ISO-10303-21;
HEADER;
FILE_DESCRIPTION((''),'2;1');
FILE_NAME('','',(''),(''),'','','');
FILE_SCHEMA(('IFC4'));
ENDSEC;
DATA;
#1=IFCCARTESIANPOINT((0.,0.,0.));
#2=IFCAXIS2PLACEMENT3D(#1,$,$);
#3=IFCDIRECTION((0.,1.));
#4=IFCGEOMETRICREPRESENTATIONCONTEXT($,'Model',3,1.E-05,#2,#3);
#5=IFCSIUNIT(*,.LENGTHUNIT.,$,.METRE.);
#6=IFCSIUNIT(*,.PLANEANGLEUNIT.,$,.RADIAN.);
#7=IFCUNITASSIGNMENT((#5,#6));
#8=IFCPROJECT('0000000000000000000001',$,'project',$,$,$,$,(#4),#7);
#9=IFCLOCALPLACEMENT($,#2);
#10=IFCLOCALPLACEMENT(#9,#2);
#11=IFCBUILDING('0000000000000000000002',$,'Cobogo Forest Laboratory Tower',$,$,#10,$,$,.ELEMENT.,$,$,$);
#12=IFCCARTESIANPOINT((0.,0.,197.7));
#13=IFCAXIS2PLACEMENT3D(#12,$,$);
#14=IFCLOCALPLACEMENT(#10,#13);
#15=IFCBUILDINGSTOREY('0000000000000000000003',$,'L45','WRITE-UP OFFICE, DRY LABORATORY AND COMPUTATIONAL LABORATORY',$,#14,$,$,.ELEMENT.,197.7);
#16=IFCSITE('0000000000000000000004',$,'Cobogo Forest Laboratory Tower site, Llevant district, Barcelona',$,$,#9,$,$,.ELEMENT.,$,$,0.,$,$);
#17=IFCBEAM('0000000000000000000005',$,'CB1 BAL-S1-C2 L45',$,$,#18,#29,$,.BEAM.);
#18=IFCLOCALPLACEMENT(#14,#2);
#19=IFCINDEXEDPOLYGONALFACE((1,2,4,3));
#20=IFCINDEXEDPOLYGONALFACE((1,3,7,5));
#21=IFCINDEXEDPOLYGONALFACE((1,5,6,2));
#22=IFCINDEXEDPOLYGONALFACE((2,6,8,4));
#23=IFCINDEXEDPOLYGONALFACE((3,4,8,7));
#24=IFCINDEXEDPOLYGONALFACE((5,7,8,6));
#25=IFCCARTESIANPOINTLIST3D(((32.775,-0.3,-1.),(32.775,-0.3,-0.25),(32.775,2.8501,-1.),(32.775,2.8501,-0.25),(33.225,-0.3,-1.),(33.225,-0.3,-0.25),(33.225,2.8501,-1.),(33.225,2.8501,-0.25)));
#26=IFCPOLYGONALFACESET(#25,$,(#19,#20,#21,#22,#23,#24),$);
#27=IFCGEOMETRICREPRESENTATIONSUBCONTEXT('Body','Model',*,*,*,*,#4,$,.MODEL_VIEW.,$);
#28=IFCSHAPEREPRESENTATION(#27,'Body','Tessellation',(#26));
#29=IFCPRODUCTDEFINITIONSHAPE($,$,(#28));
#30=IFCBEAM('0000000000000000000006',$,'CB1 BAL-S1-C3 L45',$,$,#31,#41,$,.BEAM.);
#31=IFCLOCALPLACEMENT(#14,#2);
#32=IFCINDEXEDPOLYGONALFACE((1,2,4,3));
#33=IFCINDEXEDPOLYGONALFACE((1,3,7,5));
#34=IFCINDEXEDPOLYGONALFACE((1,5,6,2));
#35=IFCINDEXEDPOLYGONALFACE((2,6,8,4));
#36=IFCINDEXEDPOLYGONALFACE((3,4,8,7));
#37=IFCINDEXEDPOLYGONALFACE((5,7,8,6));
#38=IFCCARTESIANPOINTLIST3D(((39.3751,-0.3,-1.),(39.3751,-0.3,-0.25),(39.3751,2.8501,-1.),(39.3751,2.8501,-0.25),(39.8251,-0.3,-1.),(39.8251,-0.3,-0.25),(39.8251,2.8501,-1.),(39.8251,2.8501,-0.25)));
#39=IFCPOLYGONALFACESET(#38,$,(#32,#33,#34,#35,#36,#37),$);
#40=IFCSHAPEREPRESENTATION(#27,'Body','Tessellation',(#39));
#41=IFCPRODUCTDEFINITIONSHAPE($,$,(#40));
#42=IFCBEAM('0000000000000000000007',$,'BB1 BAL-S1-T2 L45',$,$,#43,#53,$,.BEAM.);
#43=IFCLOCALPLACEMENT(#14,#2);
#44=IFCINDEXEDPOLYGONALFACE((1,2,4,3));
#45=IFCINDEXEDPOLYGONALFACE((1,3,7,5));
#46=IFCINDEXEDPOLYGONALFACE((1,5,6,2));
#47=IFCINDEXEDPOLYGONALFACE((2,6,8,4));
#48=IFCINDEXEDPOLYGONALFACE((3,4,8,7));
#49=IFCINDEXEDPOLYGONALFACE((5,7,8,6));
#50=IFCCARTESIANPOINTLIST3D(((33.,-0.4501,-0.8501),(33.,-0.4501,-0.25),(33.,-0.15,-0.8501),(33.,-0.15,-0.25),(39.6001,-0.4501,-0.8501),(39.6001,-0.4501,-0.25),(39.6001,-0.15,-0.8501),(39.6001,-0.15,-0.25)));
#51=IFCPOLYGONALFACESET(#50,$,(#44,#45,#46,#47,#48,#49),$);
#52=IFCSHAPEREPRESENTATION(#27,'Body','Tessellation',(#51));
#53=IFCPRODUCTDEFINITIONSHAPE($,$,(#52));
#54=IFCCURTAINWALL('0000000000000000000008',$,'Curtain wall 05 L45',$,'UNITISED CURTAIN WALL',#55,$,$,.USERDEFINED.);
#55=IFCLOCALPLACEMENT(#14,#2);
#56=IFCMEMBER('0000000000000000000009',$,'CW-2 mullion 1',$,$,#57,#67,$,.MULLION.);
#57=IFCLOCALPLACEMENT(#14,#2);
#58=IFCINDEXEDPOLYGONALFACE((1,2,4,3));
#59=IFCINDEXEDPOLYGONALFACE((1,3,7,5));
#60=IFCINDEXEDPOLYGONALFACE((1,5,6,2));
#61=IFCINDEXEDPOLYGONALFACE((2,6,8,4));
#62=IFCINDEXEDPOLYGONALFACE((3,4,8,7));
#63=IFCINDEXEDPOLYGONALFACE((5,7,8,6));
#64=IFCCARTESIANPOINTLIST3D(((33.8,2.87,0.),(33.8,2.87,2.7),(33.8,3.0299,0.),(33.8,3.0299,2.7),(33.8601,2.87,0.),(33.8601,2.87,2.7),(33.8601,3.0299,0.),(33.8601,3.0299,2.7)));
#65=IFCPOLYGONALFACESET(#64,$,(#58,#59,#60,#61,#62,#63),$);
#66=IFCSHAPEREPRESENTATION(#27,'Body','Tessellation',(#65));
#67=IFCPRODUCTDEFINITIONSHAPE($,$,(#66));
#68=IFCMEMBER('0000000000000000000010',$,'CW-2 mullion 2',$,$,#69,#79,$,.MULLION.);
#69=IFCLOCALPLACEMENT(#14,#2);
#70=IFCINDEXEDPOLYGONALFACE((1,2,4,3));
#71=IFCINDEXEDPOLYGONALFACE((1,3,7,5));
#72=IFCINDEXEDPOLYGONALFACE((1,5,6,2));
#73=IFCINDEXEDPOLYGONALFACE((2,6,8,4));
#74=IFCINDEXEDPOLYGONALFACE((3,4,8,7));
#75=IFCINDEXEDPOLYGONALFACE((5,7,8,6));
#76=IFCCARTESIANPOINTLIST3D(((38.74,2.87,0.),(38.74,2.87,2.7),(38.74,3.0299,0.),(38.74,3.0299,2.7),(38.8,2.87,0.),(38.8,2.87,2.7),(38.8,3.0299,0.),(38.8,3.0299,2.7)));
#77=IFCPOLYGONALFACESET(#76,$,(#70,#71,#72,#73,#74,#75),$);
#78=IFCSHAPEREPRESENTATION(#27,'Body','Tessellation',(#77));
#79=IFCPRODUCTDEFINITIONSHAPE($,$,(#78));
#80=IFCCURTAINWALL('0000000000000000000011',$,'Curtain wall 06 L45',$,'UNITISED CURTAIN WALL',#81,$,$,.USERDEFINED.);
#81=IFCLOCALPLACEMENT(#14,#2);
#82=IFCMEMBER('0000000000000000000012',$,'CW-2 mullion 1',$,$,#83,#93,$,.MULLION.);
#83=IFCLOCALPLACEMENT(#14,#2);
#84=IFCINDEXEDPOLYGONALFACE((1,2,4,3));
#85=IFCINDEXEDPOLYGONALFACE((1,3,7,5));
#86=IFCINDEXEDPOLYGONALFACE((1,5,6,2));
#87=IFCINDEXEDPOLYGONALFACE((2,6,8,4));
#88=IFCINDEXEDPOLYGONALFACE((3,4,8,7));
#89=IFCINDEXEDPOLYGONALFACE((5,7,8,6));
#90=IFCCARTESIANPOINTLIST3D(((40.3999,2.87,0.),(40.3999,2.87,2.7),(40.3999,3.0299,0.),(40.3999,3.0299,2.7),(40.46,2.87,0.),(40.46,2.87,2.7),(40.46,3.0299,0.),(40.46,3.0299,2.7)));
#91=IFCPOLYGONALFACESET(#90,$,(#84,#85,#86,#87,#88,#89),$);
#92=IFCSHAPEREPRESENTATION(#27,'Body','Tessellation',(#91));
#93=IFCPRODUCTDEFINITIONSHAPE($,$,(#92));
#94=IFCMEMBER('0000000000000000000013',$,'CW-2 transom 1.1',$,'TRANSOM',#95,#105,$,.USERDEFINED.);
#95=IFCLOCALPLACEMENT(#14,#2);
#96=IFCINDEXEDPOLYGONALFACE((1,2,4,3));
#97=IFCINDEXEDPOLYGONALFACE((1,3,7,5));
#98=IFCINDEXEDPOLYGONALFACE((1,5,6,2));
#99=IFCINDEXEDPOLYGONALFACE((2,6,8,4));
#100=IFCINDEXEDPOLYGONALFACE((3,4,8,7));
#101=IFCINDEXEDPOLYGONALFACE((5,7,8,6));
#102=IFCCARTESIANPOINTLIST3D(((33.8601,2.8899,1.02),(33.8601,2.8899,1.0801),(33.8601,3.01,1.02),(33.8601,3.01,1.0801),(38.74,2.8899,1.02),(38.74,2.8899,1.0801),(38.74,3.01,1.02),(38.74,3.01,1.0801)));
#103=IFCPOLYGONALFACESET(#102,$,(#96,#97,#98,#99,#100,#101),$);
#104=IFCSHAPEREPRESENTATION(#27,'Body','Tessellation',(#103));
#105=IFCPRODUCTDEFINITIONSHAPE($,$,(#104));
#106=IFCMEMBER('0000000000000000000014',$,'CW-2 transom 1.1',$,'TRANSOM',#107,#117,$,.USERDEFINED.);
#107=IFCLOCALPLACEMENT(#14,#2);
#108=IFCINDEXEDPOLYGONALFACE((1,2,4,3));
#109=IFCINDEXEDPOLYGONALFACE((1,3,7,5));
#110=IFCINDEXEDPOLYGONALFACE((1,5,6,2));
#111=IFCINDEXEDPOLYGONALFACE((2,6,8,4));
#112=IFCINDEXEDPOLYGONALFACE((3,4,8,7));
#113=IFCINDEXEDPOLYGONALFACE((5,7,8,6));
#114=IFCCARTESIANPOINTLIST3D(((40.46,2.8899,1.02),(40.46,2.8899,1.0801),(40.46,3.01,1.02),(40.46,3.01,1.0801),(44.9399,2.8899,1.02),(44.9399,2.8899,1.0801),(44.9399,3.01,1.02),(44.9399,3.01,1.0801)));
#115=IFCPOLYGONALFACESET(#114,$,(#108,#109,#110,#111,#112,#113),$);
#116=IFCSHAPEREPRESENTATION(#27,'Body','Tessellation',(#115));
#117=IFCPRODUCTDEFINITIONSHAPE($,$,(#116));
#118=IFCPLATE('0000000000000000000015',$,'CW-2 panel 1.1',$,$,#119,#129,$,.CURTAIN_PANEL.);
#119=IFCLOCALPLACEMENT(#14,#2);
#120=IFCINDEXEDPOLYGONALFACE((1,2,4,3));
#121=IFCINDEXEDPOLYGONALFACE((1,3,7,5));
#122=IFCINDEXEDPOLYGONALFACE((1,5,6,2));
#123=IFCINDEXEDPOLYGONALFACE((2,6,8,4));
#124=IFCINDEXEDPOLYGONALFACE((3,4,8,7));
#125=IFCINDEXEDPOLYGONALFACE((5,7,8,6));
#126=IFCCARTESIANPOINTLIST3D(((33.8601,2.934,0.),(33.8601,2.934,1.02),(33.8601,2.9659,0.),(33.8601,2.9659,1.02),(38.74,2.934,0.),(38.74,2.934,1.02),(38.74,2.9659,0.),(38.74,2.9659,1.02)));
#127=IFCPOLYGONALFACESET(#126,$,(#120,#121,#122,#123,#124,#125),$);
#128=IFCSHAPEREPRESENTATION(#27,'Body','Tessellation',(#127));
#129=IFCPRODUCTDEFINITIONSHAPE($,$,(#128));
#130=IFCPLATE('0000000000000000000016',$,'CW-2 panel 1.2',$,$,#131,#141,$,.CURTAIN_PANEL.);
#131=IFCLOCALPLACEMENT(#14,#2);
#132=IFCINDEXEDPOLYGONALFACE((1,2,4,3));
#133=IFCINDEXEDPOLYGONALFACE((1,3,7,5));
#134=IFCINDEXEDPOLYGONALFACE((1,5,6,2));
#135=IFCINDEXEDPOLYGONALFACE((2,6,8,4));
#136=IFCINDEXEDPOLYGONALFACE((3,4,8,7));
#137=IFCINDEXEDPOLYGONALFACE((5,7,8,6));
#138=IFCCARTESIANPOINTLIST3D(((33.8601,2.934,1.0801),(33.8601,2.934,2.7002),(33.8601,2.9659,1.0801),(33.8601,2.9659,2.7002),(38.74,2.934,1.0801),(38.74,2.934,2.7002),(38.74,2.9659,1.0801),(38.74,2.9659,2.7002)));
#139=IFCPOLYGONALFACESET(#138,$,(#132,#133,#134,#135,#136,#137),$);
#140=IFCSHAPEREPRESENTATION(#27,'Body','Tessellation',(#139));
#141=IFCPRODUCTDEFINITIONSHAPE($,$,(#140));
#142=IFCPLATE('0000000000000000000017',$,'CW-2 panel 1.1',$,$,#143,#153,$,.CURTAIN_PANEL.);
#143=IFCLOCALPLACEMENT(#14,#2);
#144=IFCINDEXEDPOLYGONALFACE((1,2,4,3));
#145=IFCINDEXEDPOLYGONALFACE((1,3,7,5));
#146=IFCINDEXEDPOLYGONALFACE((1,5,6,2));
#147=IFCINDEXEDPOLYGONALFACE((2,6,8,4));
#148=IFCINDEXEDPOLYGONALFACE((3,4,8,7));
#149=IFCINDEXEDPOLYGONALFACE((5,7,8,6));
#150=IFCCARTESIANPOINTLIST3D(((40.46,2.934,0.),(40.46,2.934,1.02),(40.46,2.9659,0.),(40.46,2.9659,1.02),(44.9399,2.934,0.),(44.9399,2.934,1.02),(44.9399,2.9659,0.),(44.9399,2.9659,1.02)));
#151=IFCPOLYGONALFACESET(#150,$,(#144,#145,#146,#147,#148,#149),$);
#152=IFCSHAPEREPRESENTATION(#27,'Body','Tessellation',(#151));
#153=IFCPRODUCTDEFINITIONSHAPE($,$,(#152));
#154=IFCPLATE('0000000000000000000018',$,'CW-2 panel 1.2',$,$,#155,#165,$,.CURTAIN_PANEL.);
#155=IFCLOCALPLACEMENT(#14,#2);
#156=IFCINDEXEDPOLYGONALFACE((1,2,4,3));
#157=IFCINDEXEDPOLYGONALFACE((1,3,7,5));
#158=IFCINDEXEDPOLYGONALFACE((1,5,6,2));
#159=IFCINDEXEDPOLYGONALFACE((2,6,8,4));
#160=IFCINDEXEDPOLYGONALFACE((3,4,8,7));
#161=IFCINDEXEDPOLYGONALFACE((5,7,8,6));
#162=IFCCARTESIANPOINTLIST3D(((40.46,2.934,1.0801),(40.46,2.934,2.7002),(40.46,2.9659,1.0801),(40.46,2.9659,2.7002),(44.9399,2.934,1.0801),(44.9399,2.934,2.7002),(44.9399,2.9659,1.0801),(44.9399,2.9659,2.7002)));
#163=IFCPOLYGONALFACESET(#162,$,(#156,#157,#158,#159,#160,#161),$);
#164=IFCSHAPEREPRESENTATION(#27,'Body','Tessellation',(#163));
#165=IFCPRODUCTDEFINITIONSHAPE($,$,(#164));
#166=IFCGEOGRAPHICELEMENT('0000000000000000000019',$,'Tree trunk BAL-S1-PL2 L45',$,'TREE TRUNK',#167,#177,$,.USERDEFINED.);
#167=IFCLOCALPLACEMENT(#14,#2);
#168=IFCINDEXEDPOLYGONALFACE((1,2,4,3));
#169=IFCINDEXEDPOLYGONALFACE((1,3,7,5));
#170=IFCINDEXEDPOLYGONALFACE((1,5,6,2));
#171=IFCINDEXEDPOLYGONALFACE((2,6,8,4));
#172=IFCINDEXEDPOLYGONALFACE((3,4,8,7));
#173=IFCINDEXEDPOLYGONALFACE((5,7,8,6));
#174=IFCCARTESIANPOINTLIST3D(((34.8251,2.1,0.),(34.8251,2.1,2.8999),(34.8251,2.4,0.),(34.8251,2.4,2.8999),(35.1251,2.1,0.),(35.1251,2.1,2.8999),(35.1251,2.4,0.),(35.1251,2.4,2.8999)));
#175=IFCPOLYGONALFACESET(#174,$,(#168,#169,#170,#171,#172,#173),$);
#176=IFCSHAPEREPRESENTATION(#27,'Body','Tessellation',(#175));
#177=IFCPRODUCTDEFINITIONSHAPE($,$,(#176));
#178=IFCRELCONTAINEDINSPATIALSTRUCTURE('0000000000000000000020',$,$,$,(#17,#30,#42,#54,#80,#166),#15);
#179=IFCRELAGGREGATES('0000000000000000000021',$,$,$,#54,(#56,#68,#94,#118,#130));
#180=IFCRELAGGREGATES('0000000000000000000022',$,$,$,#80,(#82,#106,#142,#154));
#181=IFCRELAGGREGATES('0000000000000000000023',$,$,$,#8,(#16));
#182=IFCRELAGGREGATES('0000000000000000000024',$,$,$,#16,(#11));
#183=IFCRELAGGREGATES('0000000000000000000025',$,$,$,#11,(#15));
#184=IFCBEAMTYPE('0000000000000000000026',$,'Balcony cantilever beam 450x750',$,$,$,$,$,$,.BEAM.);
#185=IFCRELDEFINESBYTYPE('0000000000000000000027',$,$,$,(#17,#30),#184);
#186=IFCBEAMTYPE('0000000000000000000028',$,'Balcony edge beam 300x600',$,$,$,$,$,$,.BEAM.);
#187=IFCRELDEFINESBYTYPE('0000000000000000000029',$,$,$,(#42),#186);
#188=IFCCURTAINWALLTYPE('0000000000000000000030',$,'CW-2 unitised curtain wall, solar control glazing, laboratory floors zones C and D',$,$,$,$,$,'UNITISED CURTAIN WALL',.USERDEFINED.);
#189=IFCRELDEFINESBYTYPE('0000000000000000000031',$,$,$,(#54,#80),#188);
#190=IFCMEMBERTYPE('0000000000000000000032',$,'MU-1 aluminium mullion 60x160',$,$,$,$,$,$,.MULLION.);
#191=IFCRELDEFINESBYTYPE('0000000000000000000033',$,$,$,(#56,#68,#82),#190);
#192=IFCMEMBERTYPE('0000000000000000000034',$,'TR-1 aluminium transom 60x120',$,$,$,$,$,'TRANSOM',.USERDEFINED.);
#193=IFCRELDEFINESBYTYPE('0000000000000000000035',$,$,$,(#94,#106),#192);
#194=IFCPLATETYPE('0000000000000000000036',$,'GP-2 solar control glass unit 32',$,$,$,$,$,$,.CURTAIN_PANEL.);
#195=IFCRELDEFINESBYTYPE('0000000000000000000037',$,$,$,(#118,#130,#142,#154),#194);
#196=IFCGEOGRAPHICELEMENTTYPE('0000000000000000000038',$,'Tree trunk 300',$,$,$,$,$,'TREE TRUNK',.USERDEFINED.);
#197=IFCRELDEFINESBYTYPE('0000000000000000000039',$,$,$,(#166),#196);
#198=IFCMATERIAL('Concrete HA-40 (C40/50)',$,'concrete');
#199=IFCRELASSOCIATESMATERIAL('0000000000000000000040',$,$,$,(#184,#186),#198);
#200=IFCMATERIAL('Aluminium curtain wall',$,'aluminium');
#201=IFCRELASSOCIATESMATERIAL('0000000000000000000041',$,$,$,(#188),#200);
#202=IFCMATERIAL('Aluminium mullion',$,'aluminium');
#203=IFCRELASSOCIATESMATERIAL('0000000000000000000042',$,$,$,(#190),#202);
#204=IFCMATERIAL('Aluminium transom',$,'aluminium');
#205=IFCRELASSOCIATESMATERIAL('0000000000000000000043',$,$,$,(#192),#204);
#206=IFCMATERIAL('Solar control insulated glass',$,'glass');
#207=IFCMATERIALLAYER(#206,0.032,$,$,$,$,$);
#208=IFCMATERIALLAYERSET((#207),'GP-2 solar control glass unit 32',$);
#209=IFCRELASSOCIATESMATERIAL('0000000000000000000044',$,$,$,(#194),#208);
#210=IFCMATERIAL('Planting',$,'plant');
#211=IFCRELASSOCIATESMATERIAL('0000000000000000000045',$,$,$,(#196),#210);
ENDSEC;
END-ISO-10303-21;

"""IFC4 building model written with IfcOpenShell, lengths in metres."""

from ifc_helpers import new_model, si_unit, direction, frame, origin, origin_2d, place, context, subcontext, project, spatial, rectangle, extrude, material, layer, layer_set, material_profile, profile_set, type_object, element, aggregate, save


model = new_model("IFC4")

# Units and contexts
model_context = context("Model", 3, precision=1e-05, world=origin(), true_north=direction((0.0, 1.0)))
body_context = subcontext(model_context, "Body", "Model", "MODEL_VIEW")
ifc_project = project(units=[si_unit("LENGTHUNIT", "METRE"), si_unit("PLANEANGLEUNIT", "RADIAN")], contexts=[model_context])

# Site, building, storey
site_placement = place(None, origin())
site = spatial("IfcSite", under=ifc_project, at=site_placement, Name="Cobogo Forest Laboratory Tower site, Llevant district, Barcelona", CompositionType="ELEMENT", RefElevation=0.0)
building_placement = place(site_placement, origin())
building = spatial("IfcBuilding", under=site, at=building_placement, Name="Cobogo Forest Laboratory Tower", CompositionType="ELEMENT")
storey_placement = place(building_placement, frame((0.0, 0.0, 197.7)))
storey = spatial("IfcBuildingStorey", under=building, at=storey_placement, Name="L45", Description="WRITE-UP OFFICE, DRY LABORATORY AND COMPUTATIONAL LABORATORY", CompositionType="ELEMENT", Elevation=197.7)

# Beams
ifc_material_1 = material(Name="Concrete HA-40 (C40/50)", Category="concrete")
ifc_material_profile_1 = material_profile(ifc_material_1, rectangle(XDim=0.45, YDim=0.75, at=origin_2d()), Name="RC 450x750")
ifc_profile_set_1 = profile_set([ifc_material_profile_1], Name="Concrete HA-40 (C40/50)")
beam_type_1 = type_object("IfcBeamType", Name="Balcony cantilever beam 450x750", PredefinedType="BEAM", material=ifc_profile_set_1)
for number, where, z_axis, x_axis, name in (
    (1, (33.0, 2.8501, -0.625), (0.0, -1.0, 0.0), (1.0, 0.0, 0.0), "CB1 BAL-S1-C2 L45"),
    (2, (39.6001, 2.8501, -0.625), (0.0, -1.0, 0.0), (1.0, 0.0, 0.0), "CB1 BAL-S1-C3 L45"),
):
    element("IfcBeam", number, at=place(storey_placement, frame(where, z_axis=z_axis, x_axis=x_axis)), inside=storey, type_object=beam_type_1, Name=name, PredefinedType="BEAM", context=body_context, shape_type="SweptSolid", body=[
        extrude(rectangle(XDim=0.45, YDim=0.75, at=origin_2d()), origin(), (0.0, 0.0, 1.0), 3.1501),
    ])
ifc_material_profile_2 = material_profile(ifc_material_1, rectangle(XDim=0.3, YDim=0.6001, at=origin_2d()), Name="RC 300x600")
ifc_profile_set_2 = profile_set([ifc_material_profile_2], Name="Concrete HA-40 (C40/50)")
beam_type_2 = type_object("IfcBeamType", Name="Balcony edge beam 300x600", PredefinedType="BEAM", material=ifc_profile_set_2)
beam_placement = place(storey_placement, frame((33.0, -0.3, -0.55), z_axis=(1.0, 0.0, 0.0), x_axis=(0.0, 1.0, 0.0)))
element("IfcBeam", 3, at=beam_placement, inside=storey, type_object=beam_type_2, Name="BB1 BAL-S1-T2 L45", PredefinedType="BEAM", context=body_context, shape_type="SweptSolid", body=[
    extrude(rectangle(XDim=0.3, YDim=0.6001, at=origin_2d()), origin(), (0.0, 0.0, 1.0), 6.6001),
])

# Curtain wall, members
ifc_material_2 = material(Name="Aluminium curtain wall", Category="aluminium")
curtain_wall_type = type_object("IfcCurtainWallType", Name="CW-2 unitised curtain wall, solar control glazing, laboratory floors zones C and D", ElementType="UNITISED CURTAIN WALL", PredefinedType="USERDEFINED", material=ifc_material_2)
curtain_wall_1_placement = place(storey_placement, origin())
curtain_wall_1 = element("IfcCurtainWall", 4, at=curtain_wall_1_placement, inside=storey, type_object=curtain_wall_type, Name="Curtain wall 05 L45", ObjectType="UNITISED CURTAIN WALL", PredefinedType="USERDEFINED")
ifc_material_3 = material(Name="Aluminium mullion", Category="aluminium")
ifc_material_profile_3 = material_profile(ifc_material_3, rectangle(XDim=0.0601, YDim=0.1599, at=origin_2d()), Name="AL 60x160")
ifc_profile_set_3 = profile_set([ifc_material_profile_3], Name="Aluminium mullion")
member_type_1 = type_object("IfcMemberType", Name="MU-1 aluminium mullion 60x160", PredefinedType="MULLION", material=ifc_profile_set_3)
member_1_placement = place(storey_placement, frame((33.8301, 2.95, 0.0), z_axis=(0.0, 0.0, 1.0), x_axis=(1.0, 0.0, 0.0)))
member_1 = element("IfcMember", 5, at=member_1_placement, type_object=member_type_1, Name="CW-2 mullion 1", PredefinedType="MULLION", context=body_context, shape_type="SweptSolid", body=[
    extrude(rectangle(XDim=0.0601, YDim=0.1599, at=origin_2d()), origin(), (0.0, 0.0, 1.0), 2.7),
])
member_2_placement = place(storey_placement, frame((38.77, 2.95, 0.0), z_axis=(0.0, 0.0, 1.0), x_axis=(1.0, 0.0, 0.0)))
member_2 = element("IfcMember", 6, at=member_2_placement, type_object=member_type_1, Name="CW-2 mullion 2", PredefinedType="MULLION", context=body_context, shape_type="SweptSolid", body=[
    extrude(rectangle(XDim=0.0601, YDim=0.1599, at=origin_2d()), origin(), (0.0, 0.0, 1.0), 2.7),
])

# Curtain wall, member
curtain_wall_2_placement = place(storey_placement, origin())
curtain_wall_2 = element("IfcCurtainWall", 7, at=curtain_wall_2_placement, inside=storey, type_object=curtain_wall_type, Name="Curtain wall 06 L45", ObjectType="UNITISED CURTAIN WALL", PredefinedType="USERDEFINED")
member_3_placement = place(storey_placement, frame((40.4299, 2.95, 0.0), z_axis=(0.0, 0.0, 1.0), x_axis=(1.0, 0.0, 0.0)))
member_3 = element("IfcMember", 8, at=member_3_placement, type_object=member_type_1, Name="CW-2 mullion 1", PredefinedType="MULLION", context=body_context, shape_type="SweptSolid", body=[
    extrude(rectangle(XDim=0.0601, YDim=0.1599, at=origin_2d()), origin(), (0.0, 0.0, 1.0), 2.7),
])

# Members
ifc_material_4 = material(Name="Aluminium transom", Category="aluminium")
ifc_material_profile_4 = material_profile(ifc_material_4, rectangle(XDim=0.1201, YDim=0.0601, at=origin_2d()), Name="AL 60x120")
ifc_profile_set_4 = profile_set([ifc_material_profile_4], Name="Aluminium transom")
member_type_2 = type_object("IfcMemberType", Name="TR-1 aluminium transom 60x120", ElementType="TRANSOM", PredefinedType="USERDEFINED", material=ifc_profile_set_4)
member_4_placement = place(storey_placement, frame((33.8601, 2.95, 1.05), z_axis=(1.0, 0.0, 0.0), x_axis=(0.0, 1.0, 0.0)))
member_4 = element("IfcMember", 9, at=member_4_placement, type_object=member_type_2, Name="CW-2 transom 1.1", ObjectType="TRANSOM", PredefinedType="USERDEFINED", context=body_context, shape_type="SweptSolid", body=[
    extrude(rectangle(XDim=0.1201, YDim=0.0601, at=origin_2d()), origin(), (0.0, 0.0, 1.0), 4.8799),
])
member_5_placement = place(storey_placement, frame((40.46, 2.95, 1.05), z_axis=(1.0, 0.0, 0.0), x_axis=(0.0, 1.0, 0.0)))
member_5 = element("IfcMember", 10, at=member_5_placement, type_object=member_type_2, Name="CW-2 transom 1.1", ObjectType="TRANSOM", PredefinedType="USERDEFINED", context=body_context, shape_type="SweptSolid", body=[
    extrude(rectangle(XDim=0.1201, YDim=0.0601, at=origin_2d()), origin(), (0.0, 0.0, 1.0), 4.48),
])

# Plates
ifc_material_5 = material(Name="Solar control insulated glass", Category="glass")
ifc_layer = layer(ifc_material_5, 0.032)
ifc_layer_set = layer_set([ifc_layer], Name="GP-2 solar control glass unit 32")
plate_type = type_object("IfcPlateType", Name="GP-2 solar control glass unit 32", PredefinedType="CURTAIN_PANEL", material=ifc_layer_set)
plate_1_placement = place(storey_placement, frame((36.3, 2.95, 0.0), z_axis=(0.0, 0.0, 1.0), x_axis=(1.0, 0.0, 0.0)))
plate_1 = element("IfcPlate", 11, at=plate_1_placement, type_object=plate_type, Name="CW-2 panel 1.1", PredefinedType="CURTAIN_PANEL", context=body_context, shape_type="SweptSolid", body=[
    extrude(rectangle(XDim=4.8799, YDim=0.032, at=origin_2d()), origin(), (0.0, 0.0, 1.0), 1.02),
])
plate_2_placement = place(storey_placement, frame((36.3, 2.95, 1.0801), z_axis=(0.0, 0.0, 1.0), x_axis=(1.0, 0.0, 0.0)))
plate_2 = element("IfcPlate", 12, at=plate_2_placement, type_object=plate_type, Name="CW-2 panel 1.2", PredefinedType="CURTAIN_PANEL", context=body_context, shape_type="SweptSolid", body=[
    extrude(rectangle(XDim=4.8799, YDim=0.032, at=origin_2d()), origin(), (0.0, 0.0, 1.0), 1.6201),
])
aggregate(curtain_wall_1, [member_1, member_2, member_4, plate_1, plate_2])
plate_3_placement = place(storey_placement, frame((42.7, 2.95, 0.0), z_axis=(0.0, 0.0, 1.0), x_axis=(1.0, 0.0, 0.0)))
plate_3 = element("IfcPlate", 13, at=plate_3_placement, type_object=plate_type, Name="CW-2 panel 1.1", PredefinedType="CURTAIN_PANEL", context=body_context, shape_type="SweptSolid", body=[
    extrude(rectangle(XDim=4.48, YDim=0.032, at=origin_2d()), origin(), (0.0, 0.0, 1.0), 1.02),
])
plate_4_placement = place(storey_placement, frame((42.7, 2.95, 1.0801), z_axis=(0.0, 0.0, 1.0), x_axis=(1.0, 0.0, 0.0)))
plate_4 = element("IfcPlate", 14, at=plate_4_placement, type_object=plate_type, Name="CW-2 panel 1.2", PredefinedType="CURTAIN_PANEL", context=body_context, shape_type="SweptSolid", body=[
    extrude(rectangle(XDim=4.48, YDim=0.032, at=origin_2d()), origin(), (0.0, 0.0, 1.0), 1.6201),
])
aggregate(curtain_wall_2, [member_3, member_5, plate_3, plate_4])

# Geographic element
ifc_material_6 = material(Name="Planting", Category="plant")
geographic_element_type = type_object("IfcGeographicElementType", Name="Tree trunk 300", ElementType="TREE TRUNK", PredefinedType="USERDEFINED", material=ifc_material_6)
geographic_element_placement = place(storey_placement, frame((34.9751, 2.25, 0.0), z_axis=(0.0, 0.0, 1.0), x_axis=(1.0, 0.0, 0.0)))
element("IfcGeographicElement", 15, at=geographic_element_placement, inside=storey, type_object=geographic_element_type, Name="Tree trunk BAL-S1-PL2 L45", ObjectType="TREE TRUNK", PredefinedType="USERDEFINED", context=body_context, shape_type="SweptSolid", body=[
    extrude(rectangle(XDim=0.3, YDim=0.3, at=origin_2d()), origin(), (0.0, 0.0, 1.0), 2.8999),
])

save(model, "model.ifc")
